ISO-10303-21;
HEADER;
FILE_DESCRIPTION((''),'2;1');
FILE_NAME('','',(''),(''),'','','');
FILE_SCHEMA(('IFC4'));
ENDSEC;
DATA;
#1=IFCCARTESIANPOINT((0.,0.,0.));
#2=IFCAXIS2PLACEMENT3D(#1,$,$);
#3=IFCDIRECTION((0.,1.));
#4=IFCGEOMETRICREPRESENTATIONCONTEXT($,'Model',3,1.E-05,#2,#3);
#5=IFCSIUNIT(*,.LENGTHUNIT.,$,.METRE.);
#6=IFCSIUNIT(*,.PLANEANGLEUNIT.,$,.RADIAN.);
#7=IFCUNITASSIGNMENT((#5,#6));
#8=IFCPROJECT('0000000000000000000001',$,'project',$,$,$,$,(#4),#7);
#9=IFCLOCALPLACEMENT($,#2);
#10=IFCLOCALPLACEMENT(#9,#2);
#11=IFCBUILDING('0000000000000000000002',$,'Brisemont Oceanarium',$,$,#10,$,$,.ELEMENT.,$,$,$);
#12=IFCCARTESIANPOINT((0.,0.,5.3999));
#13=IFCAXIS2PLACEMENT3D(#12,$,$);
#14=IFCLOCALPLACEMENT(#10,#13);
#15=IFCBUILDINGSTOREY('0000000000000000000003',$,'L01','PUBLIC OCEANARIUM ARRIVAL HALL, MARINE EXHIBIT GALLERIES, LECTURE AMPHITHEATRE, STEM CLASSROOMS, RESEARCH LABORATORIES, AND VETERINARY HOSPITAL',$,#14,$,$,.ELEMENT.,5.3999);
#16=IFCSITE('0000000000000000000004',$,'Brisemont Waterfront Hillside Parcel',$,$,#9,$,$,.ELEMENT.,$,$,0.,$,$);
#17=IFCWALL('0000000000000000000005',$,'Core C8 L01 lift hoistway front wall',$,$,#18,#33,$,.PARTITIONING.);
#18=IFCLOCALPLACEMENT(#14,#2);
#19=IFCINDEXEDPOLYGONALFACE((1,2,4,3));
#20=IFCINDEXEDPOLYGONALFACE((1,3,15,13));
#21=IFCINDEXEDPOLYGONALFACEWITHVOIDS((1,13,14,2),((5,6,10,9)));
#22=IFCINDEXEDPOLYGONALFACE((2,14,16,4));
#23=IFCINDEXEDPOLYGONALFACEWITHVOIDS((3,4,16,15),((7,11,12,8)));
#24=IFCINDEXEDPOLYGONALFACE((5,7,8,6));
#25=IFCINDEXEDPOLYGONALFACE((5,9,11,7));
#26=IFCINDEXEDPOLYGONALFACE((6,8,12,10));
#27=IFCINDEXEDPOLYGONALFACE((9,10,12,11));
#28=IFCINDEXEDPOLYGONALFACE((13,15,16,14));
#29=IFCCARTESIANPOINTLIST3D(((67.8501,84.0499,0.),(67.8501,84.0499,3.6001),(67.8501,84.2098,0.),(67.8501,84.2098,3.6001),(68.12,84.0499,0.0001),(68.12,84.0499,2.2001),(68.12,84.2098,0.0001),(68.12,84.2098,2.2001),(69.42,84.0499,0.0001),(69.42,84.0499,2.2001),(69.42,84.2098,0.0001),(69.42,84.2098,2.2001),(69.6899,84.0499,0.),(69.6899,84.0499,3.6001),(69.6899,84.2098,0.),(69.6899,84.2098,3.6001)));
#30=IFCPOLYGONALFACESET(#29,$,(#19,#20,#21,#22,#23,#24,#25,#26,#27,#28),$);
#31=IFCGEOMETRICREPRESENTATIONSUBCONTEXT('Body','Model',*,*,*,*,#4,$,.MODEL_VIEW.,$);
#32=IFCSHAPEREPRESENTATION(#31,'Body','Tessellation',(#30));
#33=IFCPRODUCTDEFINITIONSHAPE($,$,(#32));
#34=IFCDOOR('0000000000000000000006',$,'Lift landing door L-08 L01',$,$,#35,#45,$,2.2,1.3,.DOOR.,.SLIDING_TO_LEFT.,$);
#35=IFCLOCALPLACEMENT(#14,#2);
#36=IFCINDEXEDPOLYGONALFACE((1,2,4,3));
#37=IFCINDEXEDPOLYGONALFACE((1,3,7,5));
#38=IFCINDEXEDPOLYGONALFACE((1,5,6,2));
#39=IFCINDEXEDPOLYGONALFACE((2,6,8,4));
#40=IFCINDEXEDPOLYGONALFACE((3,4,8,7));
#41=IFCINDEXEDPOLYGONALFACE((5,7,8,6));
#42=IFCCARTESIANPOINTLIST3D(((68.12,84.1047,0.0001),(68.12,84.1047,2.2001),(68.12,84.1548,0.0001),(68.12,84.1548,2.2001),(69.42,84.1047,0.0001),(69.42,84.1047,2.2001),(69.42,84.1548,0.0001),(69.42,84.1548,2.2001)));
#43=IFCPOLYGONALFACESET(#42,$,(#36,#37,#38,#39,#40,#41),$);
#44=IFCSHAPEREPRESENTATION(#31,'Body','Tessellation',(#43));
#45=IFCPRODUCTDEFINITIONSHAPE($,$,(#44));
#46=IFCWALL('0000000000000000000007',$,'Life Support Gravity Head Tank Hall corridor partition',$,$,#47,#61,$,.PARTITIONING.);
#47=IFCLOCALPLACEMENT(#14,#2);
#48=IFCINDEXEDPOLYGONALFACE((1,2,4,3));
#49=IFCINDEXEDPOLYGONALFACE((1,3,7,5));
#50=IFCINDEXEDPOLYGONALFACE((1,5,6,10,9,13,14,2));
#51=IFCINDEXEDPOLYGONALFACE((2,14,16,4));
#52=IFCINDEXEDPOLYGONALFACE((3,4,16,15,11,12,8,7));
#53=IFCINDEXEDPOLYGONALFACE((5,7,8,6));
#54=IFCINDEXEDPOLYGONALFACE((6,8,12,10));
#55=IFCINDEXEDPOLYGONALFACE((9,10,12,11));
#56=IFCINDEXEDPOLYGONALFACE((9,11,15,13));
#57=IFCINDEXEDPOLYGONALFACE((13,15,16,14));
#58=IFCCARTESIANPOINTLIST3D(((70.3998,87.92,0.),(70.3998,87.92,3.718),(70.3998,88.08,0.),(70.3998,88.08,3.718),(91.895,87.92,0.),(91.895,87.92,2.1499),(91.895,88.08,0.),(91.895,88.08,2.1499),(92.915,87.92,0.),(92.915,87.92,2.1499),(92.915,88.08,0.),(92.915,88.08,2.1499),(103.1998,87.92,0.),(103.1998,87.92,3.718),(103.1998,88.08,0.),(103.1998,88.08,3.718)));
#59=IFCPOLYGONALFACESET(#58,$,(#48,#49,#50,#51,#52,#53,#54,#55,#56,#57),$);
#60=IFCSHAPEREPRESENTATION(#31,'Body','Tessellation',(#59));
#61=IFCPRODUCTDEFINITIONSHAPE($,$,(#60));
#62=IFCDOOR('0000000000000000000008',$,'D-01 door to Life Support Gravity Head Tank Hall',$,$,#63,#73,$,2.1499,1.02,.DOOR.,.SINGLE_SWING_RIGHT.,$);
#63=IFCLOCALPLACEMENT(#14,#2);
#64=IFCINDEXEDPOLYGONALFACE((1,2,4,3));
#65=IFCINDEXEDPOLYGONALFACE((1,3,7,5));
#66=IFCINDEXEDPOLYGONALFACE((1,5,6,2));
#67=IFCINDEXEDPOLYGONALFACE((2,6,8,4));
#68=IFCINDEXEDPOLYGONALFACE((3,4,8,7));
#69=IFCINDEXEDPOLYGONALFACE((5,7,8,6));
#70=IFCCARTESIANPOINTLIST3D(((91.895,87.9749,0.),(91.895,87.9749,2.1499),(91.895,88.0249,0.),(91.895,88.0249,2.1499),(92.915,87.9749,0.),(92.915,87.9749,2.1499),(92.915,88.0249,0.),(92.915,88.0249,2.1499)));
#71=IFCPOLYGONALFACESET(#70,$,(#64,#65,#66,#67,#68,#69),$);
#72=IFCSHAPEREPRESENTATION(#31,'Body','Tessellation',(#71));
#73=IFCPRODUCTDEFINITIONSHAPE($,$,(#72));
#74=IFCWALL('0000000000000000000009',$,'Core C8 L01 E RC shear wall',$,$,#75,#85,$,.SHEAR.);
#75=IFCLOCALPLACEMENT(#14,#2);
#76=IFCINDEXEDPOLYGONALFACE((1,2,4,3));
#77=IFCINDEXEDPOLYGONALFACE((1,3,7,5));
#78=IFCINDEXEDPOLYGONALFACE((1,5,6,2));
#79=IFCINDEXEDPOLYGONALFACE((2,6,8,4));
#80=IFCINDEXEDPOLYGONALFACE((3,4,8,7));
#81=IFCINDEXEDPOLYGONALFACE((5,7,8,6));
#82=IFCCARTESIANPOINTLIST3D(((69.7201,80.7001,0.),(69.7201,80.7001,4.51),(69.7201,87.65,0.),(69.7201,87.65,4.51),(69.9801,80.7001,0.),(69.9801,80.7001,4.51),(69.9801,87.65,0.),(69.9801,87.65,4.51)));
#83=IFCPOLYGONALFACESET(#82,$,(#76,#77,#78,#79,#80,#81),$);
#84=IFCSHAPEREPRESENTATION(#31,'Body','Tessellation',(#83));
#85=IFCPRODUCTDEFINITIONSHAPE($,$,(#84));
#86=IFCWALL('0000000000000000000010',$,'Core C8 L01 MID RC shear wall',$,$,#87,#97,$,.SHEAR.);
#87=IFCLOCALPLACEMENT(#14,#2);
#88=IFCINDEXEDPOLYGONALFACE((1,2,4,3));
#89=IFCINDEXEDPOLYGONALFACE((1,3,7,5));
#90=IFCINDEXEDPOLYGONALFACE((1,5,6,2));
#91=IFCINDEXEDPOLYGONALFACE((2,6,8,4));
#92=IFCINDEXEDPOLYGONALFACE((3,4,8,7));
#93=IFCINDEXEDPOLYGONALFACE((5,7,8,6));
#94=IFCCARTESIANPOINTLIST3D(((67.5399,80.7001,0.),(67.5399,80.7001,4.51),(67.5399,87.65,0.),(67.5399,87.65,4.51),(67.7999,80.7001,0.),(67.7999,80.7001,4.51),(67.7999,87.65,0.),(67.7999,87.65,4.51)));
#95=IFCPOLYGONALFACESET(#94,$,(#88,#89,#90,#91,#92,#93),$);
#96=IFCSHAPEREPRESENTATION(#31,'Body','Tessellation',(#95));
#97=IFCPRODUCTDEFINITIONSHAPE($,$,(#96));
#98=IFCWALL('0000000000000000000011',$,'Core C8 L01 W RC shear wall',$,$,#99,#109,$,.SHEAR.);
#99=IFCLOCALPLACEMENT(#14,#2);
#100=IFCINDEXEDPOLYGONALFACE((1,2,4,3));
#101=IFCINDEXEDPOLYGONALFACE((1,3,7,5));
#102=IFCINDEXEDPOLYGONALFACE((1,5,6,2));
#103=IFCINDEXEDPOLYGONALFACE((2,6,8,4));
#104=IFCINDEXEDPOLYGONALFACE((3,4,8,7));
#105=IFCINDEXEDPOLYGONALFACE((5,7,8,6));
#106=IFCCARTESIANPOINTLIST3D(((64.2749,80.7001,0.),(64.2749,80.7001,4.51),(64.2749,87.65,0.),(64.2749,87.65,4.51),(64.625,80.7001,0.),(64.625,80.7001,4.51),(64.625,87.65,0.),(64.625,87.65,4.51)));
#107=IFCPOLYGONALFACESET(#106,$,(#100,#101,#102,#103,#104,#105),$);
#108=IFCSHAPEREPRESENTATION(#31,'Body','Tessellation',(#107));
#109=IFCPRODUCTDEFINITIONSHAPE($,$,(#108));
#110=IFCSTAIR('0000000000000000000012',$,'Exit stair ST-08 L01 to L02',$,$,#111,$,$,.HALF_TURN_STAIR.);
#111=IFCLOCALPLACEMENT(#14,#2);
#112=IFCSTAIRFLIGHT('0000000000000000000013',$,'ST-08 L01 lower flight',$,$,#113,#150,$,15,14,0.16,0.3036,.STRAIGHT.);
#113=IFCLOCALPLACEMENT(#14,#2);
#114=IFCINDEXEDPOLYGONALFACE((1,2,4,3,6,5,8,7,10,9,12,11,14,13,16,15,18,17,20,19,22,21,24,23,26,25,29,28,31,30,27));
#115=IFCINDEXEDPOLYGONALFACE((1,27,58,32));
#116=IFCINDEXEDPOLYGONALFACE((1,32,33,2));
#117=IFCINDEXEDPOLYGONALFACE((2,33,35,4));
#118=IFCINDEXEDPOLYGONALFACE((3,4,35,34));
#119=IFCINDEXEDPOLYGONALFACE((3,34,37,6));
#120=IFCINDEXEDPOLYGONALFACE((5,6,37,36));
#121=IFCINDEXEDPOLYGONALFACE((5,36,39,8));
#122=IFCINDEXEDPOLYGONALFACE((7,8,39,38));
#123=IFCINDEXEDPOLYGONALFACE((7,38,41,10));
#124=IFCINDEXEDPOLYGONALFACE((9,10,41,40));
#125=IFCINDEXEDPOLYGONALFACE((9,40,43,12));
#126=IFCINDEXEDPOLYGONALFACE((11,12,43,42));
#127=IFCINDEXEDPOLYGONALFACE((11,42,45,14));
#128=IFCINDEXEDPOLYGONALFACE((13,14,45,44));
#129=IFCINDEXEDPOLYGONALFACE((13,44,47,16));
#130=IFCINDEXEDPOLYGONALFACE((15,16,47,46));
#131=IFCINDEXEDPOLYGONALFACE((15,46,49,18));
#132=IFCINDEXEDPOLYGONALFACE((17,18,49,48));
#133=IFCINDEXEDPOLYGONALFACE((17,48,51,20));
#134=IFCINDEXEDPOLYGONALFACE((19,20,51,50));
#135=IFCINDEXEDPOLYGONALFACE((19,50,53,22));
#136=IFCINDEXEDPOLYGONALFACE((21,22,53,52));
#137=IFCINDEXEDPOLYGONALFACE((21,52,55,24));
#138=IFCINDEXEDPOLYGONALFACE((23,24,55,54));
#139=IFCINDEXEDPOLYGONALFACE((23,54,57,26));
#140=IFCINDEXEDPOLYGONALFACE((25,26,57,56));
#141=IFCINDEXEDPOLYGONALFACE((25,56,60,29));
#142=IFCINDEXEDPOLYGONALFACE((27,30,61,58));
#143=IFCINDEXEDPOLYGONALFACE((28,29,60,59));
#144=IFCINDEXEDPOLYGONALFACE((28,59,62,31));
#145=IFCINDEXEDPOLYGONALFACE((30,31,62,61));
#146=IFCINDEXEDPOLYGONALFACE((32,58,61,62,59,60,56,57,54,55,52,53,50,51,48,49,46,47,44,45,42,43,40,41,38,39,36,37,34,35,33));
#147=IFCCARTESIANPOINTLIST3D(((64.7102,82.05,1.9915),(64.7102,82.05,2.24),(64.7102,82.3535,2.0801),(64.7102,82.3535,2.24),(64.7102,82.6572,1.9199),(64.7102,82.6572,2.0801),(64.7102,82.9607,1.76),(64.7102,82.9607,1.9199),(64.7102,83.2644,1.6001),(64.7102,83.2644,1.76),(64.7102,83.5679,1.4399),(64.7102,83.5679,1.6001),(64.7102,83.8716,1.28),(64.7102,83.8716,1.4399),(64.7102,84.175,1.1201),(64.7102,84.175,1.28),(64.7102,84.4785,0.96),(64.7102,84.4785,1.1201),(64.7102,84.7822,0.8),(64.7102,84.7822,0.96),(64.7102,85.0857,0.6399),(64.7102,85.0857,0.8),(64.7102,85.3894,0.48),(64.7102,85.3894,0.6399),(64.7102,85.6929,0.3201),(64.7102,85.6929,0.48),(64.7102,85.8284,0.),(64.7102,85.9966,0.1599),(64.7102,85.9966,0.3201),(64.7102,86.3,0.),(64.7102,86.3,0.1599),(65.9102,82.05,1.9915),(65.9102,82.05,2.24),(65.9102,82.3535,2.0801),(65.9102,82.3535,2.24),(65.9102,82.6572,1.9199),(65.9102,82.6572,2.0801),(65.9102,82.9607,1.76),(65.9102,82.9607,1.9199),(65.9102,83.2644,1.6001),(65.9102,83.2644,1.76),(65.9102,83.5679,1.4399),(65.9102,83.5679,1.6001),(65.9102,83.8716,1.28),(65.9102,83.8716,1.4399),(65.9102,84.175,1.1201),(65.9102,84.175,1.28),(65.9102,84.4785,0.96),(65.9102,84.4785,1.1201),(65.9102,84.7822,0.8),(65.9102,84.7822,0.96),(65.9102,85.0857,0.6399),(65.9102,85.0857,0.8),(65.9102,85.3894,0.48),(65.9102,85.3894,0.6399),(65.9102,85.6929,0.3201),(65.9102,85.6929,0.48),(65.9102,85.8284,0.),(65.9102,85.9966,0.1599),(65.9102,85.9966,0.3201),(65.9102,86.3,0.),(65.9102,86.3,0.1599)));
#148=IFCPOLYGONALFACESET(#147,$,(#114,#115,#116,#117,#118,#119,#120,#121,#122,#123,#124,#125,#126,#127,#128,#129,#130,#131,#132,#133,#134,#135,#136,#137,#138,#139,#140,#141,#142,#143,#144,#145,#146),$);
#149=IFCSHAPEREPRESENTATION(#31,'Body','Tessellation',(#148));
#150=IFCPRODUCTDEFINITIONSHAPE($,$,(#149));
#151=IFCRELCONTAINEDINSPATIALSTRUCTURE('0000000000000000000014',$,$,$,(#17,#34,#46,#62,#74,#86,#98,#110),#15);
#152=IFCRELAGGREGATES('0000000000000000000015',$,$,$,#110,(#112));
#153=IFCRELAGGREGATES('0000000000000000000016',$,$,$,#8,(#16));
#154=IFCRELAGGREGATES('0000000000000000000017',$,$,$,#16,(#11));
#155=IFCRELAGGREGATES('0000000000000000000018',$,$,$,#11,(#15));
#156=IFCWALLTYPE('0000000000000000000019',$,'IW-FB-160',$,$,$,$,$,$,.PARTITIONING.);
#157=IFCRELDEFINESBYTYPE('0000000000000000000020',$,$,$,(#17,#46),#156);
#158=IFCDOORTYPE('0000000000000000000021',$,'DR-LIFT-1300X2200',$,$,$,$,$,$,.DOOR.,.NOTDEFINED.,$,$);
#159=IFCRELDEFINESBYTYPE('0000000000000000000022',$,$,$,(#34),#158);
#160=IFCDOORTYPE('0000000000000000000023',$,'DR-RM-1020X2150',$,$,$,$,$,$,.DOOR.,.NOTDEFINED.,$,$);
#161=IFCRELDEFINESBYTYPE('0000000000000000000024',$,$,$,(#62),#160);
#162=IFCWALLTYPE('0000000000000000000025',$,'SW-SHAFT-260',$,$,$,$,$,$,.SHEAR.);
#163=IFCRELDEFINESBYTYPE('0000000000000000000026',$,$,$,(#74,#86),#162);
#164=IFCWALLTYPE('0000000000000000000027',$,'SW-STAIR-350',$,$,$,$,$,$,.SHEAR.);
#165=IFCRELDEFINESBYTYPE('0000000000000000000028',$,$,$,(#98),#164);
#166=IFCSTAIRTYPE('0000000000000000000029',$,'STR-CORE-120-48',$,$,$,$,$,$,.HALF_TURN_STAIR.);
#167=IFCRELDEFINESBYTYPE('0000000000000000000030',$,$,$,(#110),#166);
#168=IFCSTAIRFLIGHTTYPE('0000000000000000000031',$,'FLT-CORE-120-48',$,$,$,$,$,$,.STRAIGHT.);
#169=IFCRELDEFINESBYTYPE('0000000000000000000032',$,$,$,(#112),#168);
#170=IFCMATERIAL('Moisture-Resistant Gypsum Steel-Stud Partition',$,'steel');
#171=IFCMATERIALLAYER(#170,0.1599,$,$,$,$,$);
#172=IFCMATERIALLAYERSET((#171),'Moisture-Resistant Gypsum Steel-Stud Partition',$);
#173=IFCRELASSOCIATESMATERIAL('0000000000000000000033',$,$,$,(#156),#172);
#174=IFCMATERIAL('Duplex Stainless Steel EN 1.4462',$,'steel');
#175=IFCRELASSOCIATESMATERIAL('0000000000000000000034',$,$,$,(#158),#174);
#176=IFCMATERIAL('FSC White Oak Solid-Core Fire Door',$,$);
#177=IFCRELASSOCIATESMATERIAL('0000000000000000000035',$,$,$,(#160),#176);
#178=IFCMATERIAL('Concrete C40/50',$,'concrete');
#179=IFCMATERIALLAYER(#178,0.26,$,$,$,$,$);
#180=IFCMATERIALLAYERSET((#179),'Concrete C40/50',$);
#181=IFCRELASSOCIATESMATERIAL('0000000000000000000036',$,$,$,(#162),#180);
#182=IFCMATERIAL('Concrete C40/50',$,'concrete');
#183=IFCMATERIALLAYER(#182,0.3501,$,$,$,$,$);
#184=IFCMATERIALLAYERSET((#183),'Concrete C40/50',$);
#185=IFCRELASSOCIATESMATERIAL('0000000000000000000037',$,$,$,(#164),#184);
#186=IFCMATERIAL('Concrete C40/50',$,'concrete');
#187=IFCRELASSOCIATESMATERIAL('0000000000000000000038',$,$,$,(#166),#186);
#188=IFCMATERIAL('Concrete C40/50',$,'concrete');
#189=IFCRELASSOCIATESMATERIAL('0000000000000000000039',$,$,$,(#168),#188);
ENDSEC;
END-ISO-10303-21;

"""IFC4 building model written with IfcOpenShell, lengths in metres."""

from ifc_helpers import new_model, si_unit, direction, frame, frame_2d, origin, place, context, subcontext, project, spatial, polyline, rectangle, outline, extrude, material, layer, layer_set, type_object, element, fill, aggregate, save


model = new_model("IFC4")

# Units and contexts
model_context = context("Model", 3, precision=1e-05, world=origin(), true_north=direction((0.0, 1.0)))
body_context = subcontext(model_context, "Body", "Model", "MODEL_VIEW")
ifc_project = project(units=[si_unit("LENGTHUNIT", "METRE"), si_unit("PLANEANGLEUNIT", "RADIAN")], contexts=[model_context])

# Site, building, storey
site_placement = place(None, origin())
site = spatial("IfcSite", under=ifc_project, at=site_placement, Name="Brisemont Waterfront Hillside Parcel", CompositionType="ELEMENT", RefElevation=0.0)
building_placement = place(site_placement, origin())
building = spatial("IfcBuilding", under=site, at=building_placement, Name="Brisemont Oceanarium", CompositionType="ELEMENT")
storey_placement = place(building_placement, frame((0.0, 0.0, 5.3999)))
storey = spatial("IfcBuildingStorey", under=building, at=storey_placement, Name="L01", Description="PUBLIC OCEANARIUM ARRIVAL HALL, MARINE EXHIBIT GALLERIES, LECTURE AMPHITHEATRE, STEM CLASSROOMS, RESEARCH LABORATORIES, AND VETERINARY HOSPITAL", CompositionType="ELEMENT", Elevation=5.3999)

# Walls, openings, doors
ifc_material_1 = material(Name="Moisture-Resistant Gypsum Steel-Stud Partition", Category="steel")
ifc_layer_1 = layer(ifc_material_1, 0.1599)
ifc_layer_set_1 = layer_set([ifc_layer_1], Name="Moisture-Resistant Gypsum Steel-Stud Partition")
wall_type_1 = type_object("IfcWallType", Name="IW-FB-160", PredefinedType="PARTITIONING", material=ifc_layer_set_1)
wall_1_placement = place(storey_placement, frame((67.8501, 84.1299, 0.0), z_axis=(0.0, 0.0, 1.0), x_axis=(1.0, 0.0, 0.0)))
wall_1 = element("IfcWall", 1, at=wall_1_placement, inside=storey, type_object=wall_type_1, Name="Core C8 L01 lift hoistway front wall", PredefinedType="PARTITIONING", context=body_context, shape_type="SweptSolid", body=[
    extrude(rectangle(XDim=1.8398, YDim=0.1599, at=frame_2d((0.9199, 0.0))), origin(), (0.0, 0.0, 1.0), 3.6001),
])
opening_1_placement = place(wall_1_placement, frame((0.27, 0.0, 0.0)))
opening_1 = element("IfcOpeningElement", 2, at=opening_1_placement, cuts=wall_1, PredefinedType="OPENING", context=body_context, shape_type="SweptSolid", body=[
    extrude(rectangle(XDim=1.3, YDim=2.2, at=frame_2d((0.6499, 1.1001))), frame((0.0, 0.0898, 0.0), z_axis=(0.0, -1.0, 0.0), x_axis=(1.0, 0.0, 0.0)), (0.0, 0.0, 1.0), 0.1799),
])
ifc_material_2 = material(Name="Duplex Stainless Steel EN 1.4462", Category="steel")
door_type_1 = type_object("IfcDoorType", Name="DR-LIFT-1300X2200", OperationType="NOTDEFINED", PredefinedType="DOOR", material=ifc_material_2)
door_1_placement = place(opening_1_placement, origin())
door_1 = element("IfcDoor", 3, at=door_1_placement, inside=storey, type_object=door_type_1, Name="Lift landing door L-08 L01", OperationType="SLIDING_TO_LEFT", OverallHeight=2.2, OverallWidth=1.3, PredefinedType="DOOR", context=body_context, shape_type="SweptSolid", body=[
    extrude(rectangle(XDim=1.3, YDim=2.2, at=frame_2d((0.6499, 1.1001))), frame((0.0, 0.0249, 0.0), z_axis=(0.0, -1.0, 0.0), x_axis=(1.0, 0.0, 0.0)), (0.0, 0.0, 1.0), 0.05),
])
fill(opening_1, door_1)
wall_2_placement = place(storey_placement, frame((70.3999, 88.0, 0.0), z_axis=(0.0, 0.0, 1.0), x_axis=(1.0, 0.0, 0.0)))
wall_2 = element("IfcWall", 4, at=wall_2_placement, inside=storey, type_object=wall_type_1, Name="Life Support Gravity Head Tank Hall corridor partition", PredefinedType="PARTITIONING", context=body_context, shape_type="SweptSolid", body=[
    extrude(rectangle(XDim=32.8, YDim=0.1599, at=frame_2d((16.3999, 0.0))), origin(), (0.0, 0.0, 1.0), 3.718),
])
opening_2_placement = place(wall_2_placement, frame((21.4951, 0.0, 0.0)))
opening_2 = element("IfcOpeningElement", 5, at=opening_2_placement, cuts=wall_2, PredefinedType="OPENING", context=body_context, shape_type="SweptSolid", body=[
    extrude(rectangle(XDim=1.02, YDim=2.1499, at=frame_2d((0.51, 1.075))), frame((0.0, 0.0898, 0.0), z_axis=(0.0, -1.0, 0.0), x_axis=(1.0, 0.0, 0.0)), (0.0, 0.0, 1.0), 0.1799),
])
ifc_material_3 = material(Name="FSC White Oak Solid-Core Fire Door")
door_type_2 = type_object("IfcDoorType", Name="DR-RM-1020X2150", OperationType="NOTDEFINED", PredefinedType="DOOR", material=ifc_material_3)
door_2_placement = place(opening_2_placement, origin())
door_2 = element("IfcDoor", 6, at=door_2_placement, inside=storey, type_object=door_type_2, Name="D-01 door to Life Support Gravity Head Tank Hall", OperationType="SINGLE_SWING_RIGHT", OverallHeight=2.1499, OverallWidth=1.02, PredefinedType="DOOR", context=body_context, shape_type="SweptSolid", body=[
    extrude(rectangle(XDim=1.02, YDim=2.1499, at=frame_2d((0.51, 1.075))), frame((0.0, 0.0249, 0.0), z_axis=(0.0, -1.0, 0.0), x_axis=(1.0, 0.0, 0.0)), (0.0, 0.0, 1.0), 0.05),
])
fill(opening_2, door_2)

# Walls
ifc_material_4 = material(Name="Concrete C40/50", Category="concrete")
ifc_layer_2 = layer(ifc_material_4, 0.26)
ifc_layer_set_2 = layer_set([ifc_layer_2], Name="Concrete C40/50")
wall_type_2 = type_object("IfcWallType", Name="SW-SHAFT-260", PredefinedType="SHEAR", material=ifc_layer_set_2)
for number, where, z_axis, x_axis, name in (
    (7, (69.8501, 80.7, 0.0), (0.0, 0.0, 1.0), (0.0, 1.0, 0.0), "Core C8 L01 E RC shear wall"),
    (8, (67.6699, 80.7, 0.0), (0.0, 0.0, 1.0), (0.0, 1.0, 0.0), "Core C8 L01 MID RC shear wall"),
):
    element("IfcWall", number, at=place(storey_placement, frame(where, z_axis=z_axis, x_axis=x_axis)), inside=storey, type_object=wall_type_2, Name=name, PredefinedType="SHEAR", context=body_context, shape_type="SweptSolid", body=[
        extrude(rectangle(XDim=6.95, YDim=0.26, at=frame_2d((3.4751, 0.0))), origin(), (0.0, 0.0, 1.0), 4.51),
    ])
ifc_material_5 = material(Name="Concrete C40/50", Category="concrete")
ifc_layer_3 = layer(ifc_material_5, 0.3501)
ifc_layer_set_3 = layer_set([ifc_layer_3], Name="Concrete C40/50")
wall_type_3 = type_object("IfcWallType", Name="SW-STAIR-350", PredefinedType="SHEAR", material=ifc_layer_set_3)
wall_3_placement = place(storey_placement, frame((64.45, 80.7, 0.0), z_axis=(0.0, 0.0, 1.0), x_axis=(0.0, 1.0, 0.0)))
element("IfcWall", 9, at=wall_3_placement, inside=storey, type_object=wall_type_3, Name="Core C8 L01 W RC shear wall", PredefinedType="SHEAR", context=body_context, shape_type="SweptSolid", body=[
    extrude(rectangle(XDim=6.95, YDim=0.3501, at=frame_2d((3.4751, 0.0))), origin(), (0.0, 0.0, 1.0), 4.51),
])

# Stair, stair flight
ifc_material_6 = material(Name="Concrete C40/50", Category="concrete")
stair_type = type_object("IfcStairType", Name="STR-CORE-120-48", PredefinedType="HALF_TURN_STAIR", material=ifc_material_6)
stair_placement = place(storey_placement, origin())
stair = element("IfcStair", 10, at=stair_placement, inside=storey, type_object=stair_type, Name="Exit stair ST-08 L01 to L02", PredefinedType="HALF_TURN_STAIR")
ifc_material_7 = material(Name="Concrete C40/50", Category="concrete")
stair_flight_type = type_object("IfcStairFlightType", Name="FLT-CORE-120-48", PredefinedType="STRAIGHT", material=ifc_material_7)
stair_flight_1_placement = place(storey_placement, frame((65.3101, 86.3, 0.0), z_axis=(0.0, 0.0, 1.0), x_axis=(0.0, -1.0, 0.0)))
stair_flight_1 = element("IfcStairFlight", 11, at=stair_flight_1_placement, type_object=stair_flight_type, Name="ST-08 L01 lower flight", NumberOfRisers=15, NumberOfTreads=14, PredefinedType="STRAIGHT", RiserHeight=0.16, TreadLength=0.3036, context=body_context, shape_type="SweptSolid", body=[
    extrude(outline(polyline([(0.0, 0.0), (0.0, 0.1599), (0.3035, 0.1599), (0.3035, 0.3201), (0.6072, 0.3201), (0.6072, 0.48), (0.9106, 0.48), (0.9106, 0.6399), (1.2144, 0.6399), (1.2144, 0.8), (1.5178, 0.8), (1.5178, 0.96), (1.8215, 0.96), (1.8215, 1.1201), (2.125, 1.1201), (2.125, 1.28), (2.4285, 1.28), (2.4285, 1.4399), (2.7322, 1.4399), (2.7322, 1.6001), (3.0356, 1.6001), (3.0356, 1.76), (3.3394, 1.76), (3.3394, 1.9199), (3.6428, 1.9199), (3.6428, 2.0801), (3.9465, 2.0801), (3.9465, 2.24), (4.25, 2.24), (4.25, 2.3999), (4.25, 1.9915), (0.4717, 0.0), (0.0, 0.0)])), frame((0.0, 0.6001, 0.0), z_axis=(0.0, -1.0, 0.0), x_axis=(1.0, 0.0, 0.0)), (0.0, 0.0, 1.0), 1.2),
])
aggregate(stair, [stair_flight_1])

save(model, "model.ifc")
